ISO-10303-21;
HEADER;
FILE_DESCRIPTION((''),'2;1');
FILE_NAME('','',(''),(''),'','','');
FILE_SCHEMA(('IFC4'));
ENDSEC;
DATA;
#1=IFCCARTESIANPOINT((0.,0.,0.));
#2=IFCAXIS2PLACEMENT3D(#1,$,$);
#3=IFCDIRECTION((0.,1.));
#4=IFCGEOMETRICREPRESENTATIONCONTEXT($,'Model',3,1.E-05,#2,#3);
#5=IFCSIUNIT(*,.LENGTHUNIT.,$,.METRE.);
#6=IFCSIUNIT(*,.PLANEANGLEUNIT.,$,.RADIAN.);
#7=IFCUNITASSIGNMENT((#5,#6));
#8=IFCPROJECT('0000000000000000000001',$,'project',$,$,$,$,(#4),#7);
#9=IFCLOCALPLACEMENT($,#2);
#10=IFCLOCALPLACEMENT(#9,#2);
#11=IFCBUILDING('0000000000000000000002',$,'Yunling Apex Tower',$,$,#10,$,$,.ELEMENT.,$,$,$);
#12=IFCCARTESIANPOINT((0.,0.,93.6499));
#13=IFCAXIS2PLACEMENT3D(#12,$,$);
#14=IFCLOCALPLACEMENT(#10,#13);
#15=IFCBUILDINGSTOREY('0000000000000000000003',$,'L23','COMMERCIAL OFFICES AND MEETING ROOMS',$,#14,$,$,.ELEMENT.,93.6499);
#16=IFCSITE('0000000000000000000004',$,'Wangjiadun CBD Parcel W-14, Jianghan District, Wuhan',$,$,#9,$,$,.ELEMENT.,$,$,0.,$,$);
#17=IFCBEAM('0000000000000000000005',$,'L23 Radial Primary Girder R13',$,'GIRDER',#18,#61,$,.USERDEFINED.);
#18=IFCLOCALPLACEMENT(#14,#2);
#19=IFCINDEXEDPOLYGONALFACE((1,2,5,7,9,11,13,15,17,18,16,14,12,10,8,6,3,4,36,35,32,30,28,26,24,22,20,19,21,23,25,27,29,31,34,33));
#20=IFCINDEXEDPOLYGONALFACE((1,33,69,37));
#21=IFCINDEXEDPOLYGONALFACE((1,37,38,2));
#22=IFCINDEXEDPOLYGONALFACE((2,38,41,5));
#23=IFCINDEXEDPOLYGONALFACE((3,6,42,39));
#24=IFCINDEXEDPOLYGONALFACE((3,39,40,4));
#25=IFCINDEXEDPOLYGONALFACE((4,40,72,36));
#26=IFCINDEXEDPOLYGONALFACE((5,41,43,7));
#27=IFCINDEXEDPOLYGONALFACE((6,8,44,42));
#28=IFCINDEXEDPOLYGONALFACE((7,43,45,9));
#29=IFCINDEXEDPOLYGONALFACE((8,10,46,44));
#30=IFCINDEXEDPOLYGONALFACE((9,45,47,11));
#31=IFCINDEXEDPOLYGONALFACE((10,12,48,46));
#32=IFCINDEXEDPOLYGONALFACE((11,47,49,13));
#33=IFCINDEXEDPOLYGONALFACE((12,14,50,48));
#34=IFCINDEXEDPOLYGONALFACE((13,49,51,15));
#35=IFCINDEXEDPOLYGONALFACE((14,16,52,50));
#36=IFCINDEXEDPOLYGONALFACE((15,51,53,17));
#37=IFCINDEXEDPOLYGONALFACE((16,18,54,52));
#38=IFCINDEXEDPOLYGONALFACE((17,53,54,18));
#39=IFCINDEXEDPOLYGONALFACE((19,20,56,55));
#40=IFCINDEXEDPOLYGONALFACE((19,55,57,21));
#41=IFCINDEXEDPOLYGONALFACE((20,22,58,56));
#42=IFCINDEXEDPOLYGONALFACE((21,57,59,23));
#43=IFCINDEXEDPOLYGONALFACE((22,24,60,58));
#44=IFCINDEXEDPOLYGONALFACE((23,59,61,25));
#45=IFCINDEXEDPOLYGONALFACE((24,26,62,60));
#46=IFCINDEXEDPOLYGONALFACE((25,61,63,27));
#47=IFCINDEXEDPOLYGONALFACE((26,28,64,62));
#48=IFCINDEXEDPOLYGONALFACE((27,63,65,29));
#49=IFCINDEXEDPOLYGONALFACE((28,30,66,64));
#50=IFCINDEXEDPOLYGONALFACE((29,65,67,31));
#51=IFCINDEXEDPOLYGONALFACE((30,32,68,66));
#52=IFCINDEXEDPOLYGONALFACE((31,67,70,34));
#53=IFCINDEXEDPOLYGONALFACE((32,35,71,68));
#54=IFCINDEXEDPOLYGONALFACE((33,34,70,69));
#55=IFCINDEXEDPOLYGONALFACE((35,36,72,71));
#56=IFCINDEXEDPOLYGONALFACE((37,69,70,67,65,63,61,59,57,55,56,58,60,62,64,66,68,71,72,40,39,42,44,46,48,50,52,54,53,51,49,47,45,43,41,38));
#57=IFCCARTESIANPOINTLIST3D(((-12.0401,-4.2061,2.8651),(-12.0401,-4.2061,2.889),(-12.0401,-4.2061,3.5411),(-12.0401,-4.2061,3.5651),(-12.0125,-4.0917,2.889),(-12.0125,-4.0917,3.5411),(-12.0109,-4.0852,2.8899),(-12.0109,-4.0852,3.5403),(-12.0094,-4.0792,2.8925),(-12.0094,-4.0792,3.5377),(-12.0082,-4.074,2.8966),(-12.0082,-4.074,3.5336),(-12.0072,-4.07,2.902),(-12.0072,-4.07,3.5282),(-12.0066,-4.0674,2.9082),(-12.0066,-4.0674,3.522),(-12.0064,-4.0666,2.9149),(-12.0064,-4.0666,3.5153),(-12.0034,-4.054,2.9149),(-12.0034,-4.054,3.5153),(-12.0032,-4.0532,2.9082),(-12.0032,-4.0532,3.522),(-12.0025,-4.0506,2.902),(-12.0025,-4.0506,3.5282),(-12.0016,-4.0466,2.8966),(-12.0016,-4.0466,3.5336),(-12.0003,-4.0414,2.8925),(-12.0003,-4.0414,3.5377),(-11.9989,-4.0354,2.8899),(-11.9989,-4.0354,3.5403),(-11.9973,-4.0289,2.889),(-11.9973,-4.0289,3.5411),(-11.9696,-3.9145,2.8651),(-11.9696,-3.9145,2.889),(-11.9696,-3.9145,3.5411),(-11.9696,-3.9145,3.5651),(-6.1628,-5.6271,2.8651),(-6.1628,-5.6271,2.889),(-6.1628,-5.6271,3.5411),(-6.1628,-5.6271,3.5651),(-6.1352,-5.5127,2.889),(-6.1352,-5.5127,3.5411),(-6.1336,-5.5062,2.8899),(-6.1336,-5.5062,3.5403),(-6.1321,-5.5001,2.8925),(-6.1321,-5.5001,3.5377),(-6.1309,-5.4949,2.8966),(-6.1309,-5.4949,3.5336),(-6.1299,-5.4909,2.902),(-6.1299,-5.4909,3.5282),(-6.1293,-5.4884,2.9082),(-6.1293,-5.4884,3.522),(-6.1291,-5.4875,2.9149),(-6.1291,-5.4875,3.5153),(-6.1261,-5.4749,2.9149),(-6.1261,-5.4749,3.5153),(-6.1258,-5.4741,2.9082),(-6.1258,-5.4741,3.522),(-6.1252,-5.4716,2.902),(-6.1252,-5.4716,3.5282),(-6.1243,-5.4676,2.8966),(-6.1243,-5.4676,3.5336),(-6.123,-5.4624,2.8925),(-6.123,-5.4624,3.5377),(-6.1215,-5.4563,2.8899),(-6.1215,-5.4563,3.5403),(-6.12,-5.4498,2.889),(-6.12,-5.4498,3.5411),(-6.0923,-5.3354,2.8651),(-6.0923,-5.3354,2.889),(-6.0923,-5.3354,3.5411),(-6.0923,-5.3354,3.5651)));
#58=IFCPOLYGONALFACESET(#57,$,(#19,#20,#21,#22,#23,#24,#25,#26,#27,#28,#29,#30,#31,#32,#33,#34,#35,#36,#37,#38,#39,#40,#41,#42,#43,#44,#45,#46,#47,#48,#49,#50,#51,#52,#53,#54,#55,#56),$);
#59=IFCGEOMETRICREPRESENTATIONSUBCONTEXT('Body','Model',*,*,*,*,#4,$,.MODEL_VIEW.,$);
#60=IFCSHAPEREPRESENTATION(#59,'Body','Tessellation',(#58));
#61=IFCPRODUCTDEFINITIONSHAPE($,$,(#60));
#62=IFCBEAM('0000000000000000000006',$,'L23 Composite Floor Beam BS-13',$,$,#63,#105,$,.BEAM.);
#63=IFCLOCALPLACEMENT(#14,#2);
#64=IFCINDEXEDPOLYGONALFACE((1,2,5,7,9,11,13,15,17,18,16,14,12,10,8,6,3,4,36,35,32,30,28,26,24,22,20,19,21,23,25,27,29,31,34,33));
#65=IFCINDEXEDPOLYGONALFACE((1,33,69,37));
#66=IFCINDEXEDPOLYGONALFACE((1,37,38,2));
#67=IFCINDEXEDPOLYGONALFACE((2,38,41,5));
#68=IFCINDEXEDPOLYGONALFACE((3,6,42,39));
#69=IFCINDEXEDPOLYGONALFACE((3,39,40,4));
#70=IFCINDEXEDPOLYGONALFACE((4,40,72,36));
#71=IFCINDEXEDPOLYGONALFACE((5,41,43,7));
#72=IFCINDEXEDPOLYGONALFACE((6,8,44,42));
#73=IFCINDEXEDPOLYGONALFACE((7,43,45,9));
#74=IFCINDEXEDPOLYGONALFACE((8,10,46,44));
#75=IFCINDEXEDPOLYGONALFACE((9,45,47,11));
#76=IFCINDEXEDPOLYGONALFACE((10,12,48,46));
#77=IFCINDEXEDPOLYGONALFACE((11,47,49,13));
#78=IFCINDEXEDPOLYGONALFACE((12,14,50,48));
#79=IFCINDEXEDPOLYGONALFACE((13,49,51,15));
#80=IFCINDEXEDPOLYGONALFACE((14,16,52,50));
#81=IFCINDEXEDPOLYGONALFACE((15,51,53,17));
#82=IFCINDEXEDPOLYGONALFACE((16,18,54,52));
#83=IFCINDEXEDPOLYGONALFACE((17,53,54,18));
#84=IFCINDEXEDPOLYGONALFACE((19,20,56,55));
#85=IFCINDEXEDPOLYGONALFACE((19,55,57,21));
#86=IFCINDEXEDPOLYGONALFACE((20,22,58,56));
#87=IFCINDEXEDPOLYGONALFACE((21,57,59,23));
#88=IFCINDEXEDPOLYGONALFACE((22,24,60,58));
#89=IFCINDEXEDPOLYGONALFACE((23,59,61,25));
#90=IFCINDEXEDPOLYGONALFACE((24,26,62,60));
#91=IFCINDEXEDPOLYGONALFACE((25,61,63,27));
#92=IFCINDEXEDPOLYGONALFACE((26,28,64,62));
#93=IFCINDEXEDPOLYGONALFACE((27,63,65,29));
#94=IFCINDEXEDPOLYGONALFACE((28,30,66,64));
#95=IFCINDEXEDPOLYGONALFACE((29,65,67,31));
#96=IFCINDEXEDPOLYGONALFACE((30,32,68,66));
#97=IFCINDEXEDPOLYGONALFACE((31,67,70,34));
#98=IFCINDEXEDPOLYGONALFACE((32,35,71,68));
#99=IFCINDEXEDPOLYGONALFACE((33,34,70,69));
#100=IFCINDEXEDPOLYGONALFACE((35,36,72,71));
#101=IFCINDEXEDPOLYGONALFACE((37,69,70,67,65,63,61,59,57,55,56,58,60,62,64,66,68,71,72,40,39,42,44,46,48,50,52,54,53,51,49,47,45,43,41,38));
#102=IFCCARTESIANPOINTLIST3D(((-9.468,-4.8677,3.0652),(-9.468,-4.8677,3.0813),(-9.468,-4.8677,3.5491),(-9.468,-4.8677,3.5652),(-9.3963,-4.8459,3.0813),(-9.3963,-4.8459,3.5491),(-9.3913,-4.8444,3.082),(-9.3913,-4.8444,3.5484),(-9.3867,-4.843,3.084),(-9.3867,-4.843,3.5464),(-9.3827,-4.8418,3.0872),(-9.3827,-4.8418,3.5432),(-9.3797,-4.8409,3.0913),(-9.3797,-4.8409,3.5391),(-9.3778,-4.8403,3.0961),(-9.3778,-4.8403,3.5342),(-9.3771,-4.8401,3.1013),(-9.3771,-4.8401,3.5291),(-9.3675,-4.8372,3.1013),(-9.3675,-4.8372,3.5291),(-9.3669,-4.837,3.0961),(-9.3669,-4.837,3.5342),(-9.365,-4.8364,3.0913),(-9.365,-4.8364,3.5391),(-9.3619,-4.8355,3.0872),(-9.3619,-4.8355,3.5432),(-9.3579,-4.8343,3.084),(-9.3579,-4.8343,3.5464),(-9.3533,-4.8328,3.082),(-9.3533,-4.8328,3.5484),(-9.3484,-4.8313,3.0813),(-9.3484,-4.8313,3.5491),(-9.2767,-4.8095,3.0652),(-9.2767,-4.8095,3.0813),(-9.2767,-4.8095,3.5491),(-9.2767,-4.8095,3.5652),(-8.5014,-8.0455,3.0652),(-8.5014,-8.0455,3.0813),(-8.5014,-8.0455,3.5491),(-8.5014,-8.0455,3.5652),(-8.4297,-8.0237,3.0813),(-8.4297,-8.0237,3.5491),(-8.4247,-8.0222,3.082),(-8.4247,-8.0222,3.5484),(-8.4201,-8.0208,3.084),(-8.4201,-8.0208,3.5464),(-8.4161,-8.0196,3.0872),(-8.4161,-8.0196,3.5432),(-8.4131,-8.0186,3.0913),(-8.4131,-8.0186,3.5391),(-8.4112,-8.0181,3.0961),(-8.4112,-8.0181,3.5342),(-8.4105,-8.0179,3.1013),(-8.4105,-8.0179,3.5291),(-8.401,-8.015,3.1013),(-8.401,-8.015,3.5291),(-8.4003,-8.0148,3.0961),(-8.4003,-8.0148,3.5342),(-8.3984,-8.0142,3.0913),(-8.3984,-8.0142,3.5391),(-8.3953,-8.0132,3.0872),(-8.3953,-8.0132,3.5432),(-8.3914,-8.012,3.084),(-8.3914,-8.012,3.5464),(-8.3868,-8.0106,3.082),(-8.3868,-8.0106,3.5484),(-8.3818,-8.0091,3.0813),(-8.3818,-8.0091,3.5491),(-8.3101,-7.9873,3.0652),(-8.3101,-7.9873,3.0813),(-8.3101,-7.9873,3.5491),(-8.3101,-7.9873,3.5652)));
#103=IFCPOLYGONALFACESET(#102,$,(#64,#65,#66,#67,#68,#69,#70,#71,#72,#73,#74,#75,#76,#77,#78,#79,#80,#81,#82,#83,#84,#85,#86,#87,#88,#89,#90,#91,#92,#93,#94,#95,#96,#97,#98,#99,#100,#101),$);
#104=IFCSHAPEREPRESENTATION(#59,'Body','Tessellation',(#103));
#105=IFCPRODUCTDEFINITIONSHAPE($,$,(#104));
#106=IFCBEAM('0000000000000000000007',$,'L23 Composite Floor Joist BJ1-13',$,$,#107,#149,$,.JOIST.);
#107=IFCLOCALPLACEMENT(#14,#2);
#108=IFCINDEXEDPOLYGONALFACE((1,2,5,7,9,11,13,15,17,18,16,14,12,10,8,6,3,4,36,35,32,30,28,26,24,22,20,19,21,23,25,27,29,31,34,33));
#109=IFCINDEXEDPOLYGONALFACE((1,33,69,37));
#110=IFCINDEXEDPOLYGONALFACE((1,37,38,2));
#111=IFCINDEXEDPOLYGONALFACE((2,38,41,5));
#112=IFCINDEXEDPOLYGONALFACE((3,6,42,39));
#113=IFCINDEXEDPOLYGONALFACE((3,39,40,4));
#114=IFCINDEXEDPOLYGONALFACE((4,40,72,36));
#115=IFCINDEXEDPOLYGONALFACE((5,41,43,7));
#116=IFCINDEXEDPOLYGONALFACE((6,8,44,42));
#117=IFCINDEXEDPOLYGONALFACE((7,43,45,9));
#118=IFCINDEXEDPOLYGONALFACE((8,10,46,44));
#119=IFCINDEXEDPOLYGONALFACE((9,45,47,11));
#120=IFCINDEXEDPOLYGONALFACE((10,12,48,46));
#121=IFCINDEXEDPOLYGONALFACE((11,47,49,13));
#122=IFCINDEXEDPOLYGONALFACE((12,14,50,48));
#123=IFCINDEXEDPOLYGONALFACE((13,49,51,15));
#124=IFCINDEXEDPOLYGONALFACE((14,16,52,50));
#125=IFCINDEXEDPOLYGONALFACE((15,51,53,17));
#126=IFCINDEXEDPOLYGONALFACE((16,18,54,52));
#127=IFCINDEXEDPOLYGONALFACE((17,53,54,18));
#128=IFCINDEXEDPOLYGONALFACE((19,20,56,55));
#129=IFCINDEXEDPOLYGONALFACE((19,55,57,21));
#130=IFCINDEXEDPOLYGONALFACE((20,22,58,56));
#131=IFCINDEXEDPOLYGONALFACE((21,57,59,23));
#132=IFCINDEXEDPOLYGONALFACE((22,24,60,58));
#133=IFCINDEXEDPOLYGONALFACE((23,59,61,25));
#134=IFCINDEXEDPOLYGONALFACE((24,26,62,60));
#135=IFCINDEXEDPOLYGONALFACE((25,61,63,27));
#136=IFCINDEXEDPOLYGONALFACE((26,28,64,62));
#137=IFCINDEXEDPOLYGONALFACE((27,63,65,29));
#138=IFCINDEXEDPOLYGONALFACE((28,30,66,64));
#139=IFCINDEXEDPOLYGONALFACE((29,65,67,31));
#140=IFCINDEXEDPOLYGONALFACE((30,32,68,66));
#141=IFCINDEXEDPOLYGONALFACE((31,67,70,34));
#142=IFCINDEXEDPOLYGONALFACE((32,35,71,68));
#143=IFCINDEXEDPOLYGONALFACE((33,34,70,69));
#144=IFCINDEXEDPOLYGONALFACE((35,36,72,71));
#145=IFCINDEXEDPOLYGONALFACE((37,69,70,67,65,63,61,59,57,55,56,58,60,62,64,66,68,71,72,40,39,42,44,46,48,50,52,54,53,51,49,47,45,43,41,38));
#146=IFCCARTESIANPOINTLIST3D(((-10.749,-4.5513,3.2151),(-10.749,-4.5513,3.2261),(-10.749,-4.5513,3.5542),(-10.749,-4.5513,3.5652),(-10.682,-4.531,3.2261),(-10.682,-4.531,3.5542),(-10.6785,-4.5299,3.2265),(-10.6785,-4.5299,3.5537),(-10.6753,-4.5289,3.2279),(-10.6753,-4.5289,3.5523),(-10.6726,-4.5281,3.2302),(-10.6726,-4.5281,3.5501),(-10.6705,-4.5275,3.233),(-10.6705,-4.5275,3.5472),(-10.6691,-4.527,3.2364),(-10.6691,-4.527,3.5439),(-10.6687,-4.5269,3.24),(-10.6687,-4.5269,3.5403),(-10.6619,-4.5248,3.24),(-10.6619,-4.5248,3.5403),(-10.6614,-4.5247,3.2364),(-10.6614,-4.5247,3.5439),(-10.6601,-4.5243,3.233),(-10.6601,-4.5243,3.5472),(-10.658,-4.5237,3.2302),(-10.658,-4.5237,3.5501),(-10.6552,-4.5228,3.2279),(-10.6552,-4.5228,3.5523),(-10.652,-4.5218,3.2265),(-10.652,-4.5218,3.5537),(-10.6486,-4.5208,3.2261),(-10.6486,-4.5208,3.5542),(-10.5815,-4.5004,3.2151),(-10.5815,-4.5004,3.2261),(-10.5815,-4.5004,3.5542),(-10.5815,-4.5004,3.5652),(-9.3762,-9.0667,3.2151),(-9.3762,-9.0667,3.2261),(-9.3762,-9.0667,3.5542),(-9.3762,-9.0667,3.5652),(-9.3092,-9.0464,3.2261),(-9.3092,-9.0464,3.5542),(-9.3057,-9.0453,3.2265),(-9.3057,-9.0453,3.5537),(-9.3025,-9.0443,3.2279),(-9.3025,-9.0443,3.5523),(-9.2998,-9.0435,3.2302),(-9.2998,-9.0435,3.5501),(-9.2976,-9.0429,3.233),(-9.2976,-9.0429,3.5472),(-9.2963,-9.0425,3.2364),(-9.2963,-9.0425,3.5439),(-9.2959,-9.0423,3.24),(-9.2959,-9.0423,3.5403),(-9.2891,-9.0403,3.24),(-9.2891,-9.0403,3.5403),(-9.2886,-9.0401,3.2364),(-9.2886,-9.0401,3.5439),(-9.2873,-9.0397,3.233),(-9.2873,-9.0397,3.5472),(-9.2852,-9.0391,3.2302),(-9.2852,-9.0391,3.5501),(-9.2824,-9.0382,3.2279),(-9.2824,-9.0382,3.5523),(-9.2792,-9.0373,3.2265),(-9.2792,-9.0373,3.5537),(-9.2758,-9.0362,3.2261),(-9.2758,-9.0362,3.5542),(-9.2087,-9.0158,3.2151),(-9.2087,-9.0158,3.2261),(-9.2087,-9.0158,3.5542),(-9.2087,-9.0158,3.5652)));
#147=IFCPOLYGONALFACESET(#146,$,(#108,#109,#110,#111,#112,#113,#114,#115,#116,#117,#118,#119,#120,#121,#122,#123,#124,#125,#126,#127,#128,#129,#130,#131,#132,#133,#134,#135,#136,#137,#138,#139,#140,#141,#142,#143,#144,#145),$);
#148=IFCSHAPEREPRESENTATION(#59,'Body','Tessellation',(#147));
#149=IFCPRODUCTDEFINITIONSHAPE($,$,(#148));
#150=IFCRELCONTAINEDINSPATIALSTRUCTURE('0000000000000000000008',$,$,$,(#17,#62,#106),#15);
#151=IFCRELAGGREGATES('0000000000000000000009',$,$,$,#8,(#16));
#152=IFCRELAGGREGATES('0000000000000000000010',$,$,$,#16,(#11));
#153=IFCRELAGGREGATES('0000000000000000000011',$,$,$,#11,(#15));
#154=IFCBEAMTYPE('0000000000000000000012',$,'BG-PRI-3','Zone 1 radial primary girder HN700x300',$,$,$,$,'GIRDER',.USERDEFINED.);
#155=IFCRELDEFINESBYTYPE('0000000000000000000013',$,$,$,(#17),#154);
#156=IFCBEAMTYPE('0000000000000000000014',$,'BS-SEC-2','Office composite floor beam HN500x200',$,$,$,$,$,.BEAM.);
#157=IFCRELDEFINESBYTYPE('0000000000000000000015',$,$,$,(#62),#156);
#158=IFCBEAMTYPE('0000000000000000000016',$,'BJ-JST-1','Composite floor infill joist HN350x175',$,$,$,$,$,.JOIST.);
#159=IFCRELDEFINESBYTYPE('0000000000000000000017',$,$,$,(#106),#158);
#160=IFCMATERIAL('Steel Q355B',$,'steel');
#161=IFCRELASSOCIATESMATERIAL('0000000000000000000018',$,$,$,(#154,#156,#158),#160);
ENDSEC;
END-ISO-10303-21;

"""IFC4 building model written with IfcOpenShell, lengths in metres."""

from ifc_helpers import new_model, si_unit, direction, frame, origin, origin_2d, place, context, subcontext, project, spatial, i_section, extrude, source, transform, mapped, material, material_profile, profile_set, type_object, element, save


model = new_model("IFC4")

# Units and contexts
model_context = context("Model", 3, precision=1e-05, world=origin(), true_north=direction((0.0, 1.0)))
body_context = subcontext(model_context, "Body", "Model", "MODEL_VIEW")
ifc_project = project(units=[si_unit("LENGTHUNIT", "METRE"), si_unit("PLANEANGLEUNIT", "RADIAN")], contexts=[model_context])

# Site, building, storey
site_placement = place(None, origin())
site = spatial("IfcSite", under=ifc_project, at=site_placement, Name="Wangjiadun CBD Parcel W-14, Jianghan District, Wuhan", CompositionType="ELEMENT", RefElevation=0.0)
building_placement = place(site_placement, origin())
building = spatial("IfcBuilding", under=site, at=building_placement, Name="Yunling Apex Tower", CompositionType="ELEMENT")
storey_placement = place(building_placement, frame((0.0, 0.0, 93.6499)))
storey = spatial("IfcBuildingStorey", under=building, at=storey_placement, Name="L23", Description="COMMERCIAL OFFICES AND MEETING ROOMS", CompositionType="ELEMENT", Elevation=93.6499)

# Beams
ifc_material_1 = material(Name="Steel Q355B", Category="steel")
ifc_material_profile_1 = material_profile(ifc_material_1, i_section(OverallWidth=0.3, OverallDepth=0.7, WebThickness=0.0129, FlangeThickness=0.0239, FilletRadius=0.0259, at=origin_2d()))
ifc_profile_set_1 = profile_set([ifc_material_profile_1], Name="Steel Q355B")
beam_type_1 = type_object("IfcBeamType", Name="BG-PRI-3", Description="Zone 1 radial primary girder HN700x300", ElementType="GIRDER", PredefinedType="USERDEFINED", material=ifc_profile_set_1)
shared_shape_1 = source(origin(), body_context, "Body", "SweptSolid", [
    extrude(i_section(OverallWidth=0.3, OverallDepth=0.7, WebThickness=0.0129, FlangeThickness=0.0239, FilletRadius=0.0259, at=origin_2d()), origin(), (0.0, 0.0, 1.0), 6.0466),
])
beam_1_placement = place(storey_placement, frame((-12.0049, -4.0603, 3.2151), z_axis=(0.971997, -0.234994, 0.0), x_axis=(0.234994, 0.971997, 0.0)))
element("IfcBeam", 1, at=beam_1_placement, inside=storey, type_object=beam_type_1, Name="L23 Radial Primary Girder R13", ObjectType="GIRDER", PredefinedType="USERDEFINED", context=body_context, shape_type="MappedRepresentation", body=[
    mapped(shared_shape_1, transform((0.0, 0.0, 0.0), scale=1.0)),
])
ifc_material_profile_2 = material_profile(ifc_material_1, i_section(OverallWidth=0.2, OverallDepth=0.5, WebThickness=0.01, FlangeThickness=0.0161, FilletRadius=0.02, at=origin_2d()))
ifc_profile_set_2 = profile_set([ifc_material_profile_2], Name="Steel Q355B")
beam_type_2 = type_object("IfcBeamType", Name="BS-SEC-2", Description="Office composite floor beam HN500x200", PredefinedType="BEAM", material=ifc_profile_set_2)
shared_shape_2 = source(origin(), body_context, "Body", "SweptSolid", [
    extrude(i_section(OverallWidth=0.2, OverallDepth=0.5, WebThickness=0.01, FlangeThickness=0.0161, FilletRadius=0.02, at=origin_2d()), origin(), (0.0, 0.0, 1.0), 3.3215),
])
beam_2_placement = place(storey_placement, frame((-9.3723, -4.8386, 3.3152), z_axis=(0.291001, -0.956723, 0.0), x_axis=(0.956723, 0.291001, 0.0)))
element("IfcBeam", 2, at=beam_2_placement, inside=storey, type_object=beam_type_2, Name="L23 Composite Floor Beam BS-13", PredefinedType="BEAM", context=body_context, shape_type="MappedRepresentation", body=[
    mapped(shared_shape_2, transform((0.0, 0.0, 0.0), scale=1.0)),
])
ifc_material_profile_3 = material_profile(ifc_material_1, i_section(OverallWidth=0.175, OverallDepth=0.3501, WebThickness=0.0071, FlangeThickness=0.011, FilletRadius=0.0139, at=origin_2d()))
ifc_profile_set_3 = profile_set([ifc_material_profile_3], Name="Steel Q355B")
beam_type_3 = type_object("IfcBeamType", Name="BJ-JST-1", Description="Composite floor infill joist HN350x175", PredefinedType="JOIST", material=ifc_profile_set_3)
shared_shape_3 = source(origin(), body_context, "Body", "SweptSolid", [
    extrude(i_section(OverallWidth=0.175, OverallDepth=0.3501, WebThickness=0.0071, FlangeThickness=0.011, FilletRadius=0.0139, at=origin_2d()), origin(), (0.0, 0.0, 1.0), 4.7195),
])
beam_3_placement = place(storey_placement, frame((-10.6653, -4.5259, 3.3901), z_axis=(0.290882, -0.956759, 0.0), x_axis=(0.956759, 0.290882, 0.0)))
element("IfcBeam", 3, at=beam_3_placement, inside=storey, type_object=beam_type_3, Name="L23 Composite Floor Joist BJ1-13", PredefinedType="JOIST", context=body_context, shape_type="MappedRepresentation", body=[
    mapped(shared_shape_3, transform((0.0, 0.0, 0.0), scale=1.0)),
])

save(model, "model.ifc")
